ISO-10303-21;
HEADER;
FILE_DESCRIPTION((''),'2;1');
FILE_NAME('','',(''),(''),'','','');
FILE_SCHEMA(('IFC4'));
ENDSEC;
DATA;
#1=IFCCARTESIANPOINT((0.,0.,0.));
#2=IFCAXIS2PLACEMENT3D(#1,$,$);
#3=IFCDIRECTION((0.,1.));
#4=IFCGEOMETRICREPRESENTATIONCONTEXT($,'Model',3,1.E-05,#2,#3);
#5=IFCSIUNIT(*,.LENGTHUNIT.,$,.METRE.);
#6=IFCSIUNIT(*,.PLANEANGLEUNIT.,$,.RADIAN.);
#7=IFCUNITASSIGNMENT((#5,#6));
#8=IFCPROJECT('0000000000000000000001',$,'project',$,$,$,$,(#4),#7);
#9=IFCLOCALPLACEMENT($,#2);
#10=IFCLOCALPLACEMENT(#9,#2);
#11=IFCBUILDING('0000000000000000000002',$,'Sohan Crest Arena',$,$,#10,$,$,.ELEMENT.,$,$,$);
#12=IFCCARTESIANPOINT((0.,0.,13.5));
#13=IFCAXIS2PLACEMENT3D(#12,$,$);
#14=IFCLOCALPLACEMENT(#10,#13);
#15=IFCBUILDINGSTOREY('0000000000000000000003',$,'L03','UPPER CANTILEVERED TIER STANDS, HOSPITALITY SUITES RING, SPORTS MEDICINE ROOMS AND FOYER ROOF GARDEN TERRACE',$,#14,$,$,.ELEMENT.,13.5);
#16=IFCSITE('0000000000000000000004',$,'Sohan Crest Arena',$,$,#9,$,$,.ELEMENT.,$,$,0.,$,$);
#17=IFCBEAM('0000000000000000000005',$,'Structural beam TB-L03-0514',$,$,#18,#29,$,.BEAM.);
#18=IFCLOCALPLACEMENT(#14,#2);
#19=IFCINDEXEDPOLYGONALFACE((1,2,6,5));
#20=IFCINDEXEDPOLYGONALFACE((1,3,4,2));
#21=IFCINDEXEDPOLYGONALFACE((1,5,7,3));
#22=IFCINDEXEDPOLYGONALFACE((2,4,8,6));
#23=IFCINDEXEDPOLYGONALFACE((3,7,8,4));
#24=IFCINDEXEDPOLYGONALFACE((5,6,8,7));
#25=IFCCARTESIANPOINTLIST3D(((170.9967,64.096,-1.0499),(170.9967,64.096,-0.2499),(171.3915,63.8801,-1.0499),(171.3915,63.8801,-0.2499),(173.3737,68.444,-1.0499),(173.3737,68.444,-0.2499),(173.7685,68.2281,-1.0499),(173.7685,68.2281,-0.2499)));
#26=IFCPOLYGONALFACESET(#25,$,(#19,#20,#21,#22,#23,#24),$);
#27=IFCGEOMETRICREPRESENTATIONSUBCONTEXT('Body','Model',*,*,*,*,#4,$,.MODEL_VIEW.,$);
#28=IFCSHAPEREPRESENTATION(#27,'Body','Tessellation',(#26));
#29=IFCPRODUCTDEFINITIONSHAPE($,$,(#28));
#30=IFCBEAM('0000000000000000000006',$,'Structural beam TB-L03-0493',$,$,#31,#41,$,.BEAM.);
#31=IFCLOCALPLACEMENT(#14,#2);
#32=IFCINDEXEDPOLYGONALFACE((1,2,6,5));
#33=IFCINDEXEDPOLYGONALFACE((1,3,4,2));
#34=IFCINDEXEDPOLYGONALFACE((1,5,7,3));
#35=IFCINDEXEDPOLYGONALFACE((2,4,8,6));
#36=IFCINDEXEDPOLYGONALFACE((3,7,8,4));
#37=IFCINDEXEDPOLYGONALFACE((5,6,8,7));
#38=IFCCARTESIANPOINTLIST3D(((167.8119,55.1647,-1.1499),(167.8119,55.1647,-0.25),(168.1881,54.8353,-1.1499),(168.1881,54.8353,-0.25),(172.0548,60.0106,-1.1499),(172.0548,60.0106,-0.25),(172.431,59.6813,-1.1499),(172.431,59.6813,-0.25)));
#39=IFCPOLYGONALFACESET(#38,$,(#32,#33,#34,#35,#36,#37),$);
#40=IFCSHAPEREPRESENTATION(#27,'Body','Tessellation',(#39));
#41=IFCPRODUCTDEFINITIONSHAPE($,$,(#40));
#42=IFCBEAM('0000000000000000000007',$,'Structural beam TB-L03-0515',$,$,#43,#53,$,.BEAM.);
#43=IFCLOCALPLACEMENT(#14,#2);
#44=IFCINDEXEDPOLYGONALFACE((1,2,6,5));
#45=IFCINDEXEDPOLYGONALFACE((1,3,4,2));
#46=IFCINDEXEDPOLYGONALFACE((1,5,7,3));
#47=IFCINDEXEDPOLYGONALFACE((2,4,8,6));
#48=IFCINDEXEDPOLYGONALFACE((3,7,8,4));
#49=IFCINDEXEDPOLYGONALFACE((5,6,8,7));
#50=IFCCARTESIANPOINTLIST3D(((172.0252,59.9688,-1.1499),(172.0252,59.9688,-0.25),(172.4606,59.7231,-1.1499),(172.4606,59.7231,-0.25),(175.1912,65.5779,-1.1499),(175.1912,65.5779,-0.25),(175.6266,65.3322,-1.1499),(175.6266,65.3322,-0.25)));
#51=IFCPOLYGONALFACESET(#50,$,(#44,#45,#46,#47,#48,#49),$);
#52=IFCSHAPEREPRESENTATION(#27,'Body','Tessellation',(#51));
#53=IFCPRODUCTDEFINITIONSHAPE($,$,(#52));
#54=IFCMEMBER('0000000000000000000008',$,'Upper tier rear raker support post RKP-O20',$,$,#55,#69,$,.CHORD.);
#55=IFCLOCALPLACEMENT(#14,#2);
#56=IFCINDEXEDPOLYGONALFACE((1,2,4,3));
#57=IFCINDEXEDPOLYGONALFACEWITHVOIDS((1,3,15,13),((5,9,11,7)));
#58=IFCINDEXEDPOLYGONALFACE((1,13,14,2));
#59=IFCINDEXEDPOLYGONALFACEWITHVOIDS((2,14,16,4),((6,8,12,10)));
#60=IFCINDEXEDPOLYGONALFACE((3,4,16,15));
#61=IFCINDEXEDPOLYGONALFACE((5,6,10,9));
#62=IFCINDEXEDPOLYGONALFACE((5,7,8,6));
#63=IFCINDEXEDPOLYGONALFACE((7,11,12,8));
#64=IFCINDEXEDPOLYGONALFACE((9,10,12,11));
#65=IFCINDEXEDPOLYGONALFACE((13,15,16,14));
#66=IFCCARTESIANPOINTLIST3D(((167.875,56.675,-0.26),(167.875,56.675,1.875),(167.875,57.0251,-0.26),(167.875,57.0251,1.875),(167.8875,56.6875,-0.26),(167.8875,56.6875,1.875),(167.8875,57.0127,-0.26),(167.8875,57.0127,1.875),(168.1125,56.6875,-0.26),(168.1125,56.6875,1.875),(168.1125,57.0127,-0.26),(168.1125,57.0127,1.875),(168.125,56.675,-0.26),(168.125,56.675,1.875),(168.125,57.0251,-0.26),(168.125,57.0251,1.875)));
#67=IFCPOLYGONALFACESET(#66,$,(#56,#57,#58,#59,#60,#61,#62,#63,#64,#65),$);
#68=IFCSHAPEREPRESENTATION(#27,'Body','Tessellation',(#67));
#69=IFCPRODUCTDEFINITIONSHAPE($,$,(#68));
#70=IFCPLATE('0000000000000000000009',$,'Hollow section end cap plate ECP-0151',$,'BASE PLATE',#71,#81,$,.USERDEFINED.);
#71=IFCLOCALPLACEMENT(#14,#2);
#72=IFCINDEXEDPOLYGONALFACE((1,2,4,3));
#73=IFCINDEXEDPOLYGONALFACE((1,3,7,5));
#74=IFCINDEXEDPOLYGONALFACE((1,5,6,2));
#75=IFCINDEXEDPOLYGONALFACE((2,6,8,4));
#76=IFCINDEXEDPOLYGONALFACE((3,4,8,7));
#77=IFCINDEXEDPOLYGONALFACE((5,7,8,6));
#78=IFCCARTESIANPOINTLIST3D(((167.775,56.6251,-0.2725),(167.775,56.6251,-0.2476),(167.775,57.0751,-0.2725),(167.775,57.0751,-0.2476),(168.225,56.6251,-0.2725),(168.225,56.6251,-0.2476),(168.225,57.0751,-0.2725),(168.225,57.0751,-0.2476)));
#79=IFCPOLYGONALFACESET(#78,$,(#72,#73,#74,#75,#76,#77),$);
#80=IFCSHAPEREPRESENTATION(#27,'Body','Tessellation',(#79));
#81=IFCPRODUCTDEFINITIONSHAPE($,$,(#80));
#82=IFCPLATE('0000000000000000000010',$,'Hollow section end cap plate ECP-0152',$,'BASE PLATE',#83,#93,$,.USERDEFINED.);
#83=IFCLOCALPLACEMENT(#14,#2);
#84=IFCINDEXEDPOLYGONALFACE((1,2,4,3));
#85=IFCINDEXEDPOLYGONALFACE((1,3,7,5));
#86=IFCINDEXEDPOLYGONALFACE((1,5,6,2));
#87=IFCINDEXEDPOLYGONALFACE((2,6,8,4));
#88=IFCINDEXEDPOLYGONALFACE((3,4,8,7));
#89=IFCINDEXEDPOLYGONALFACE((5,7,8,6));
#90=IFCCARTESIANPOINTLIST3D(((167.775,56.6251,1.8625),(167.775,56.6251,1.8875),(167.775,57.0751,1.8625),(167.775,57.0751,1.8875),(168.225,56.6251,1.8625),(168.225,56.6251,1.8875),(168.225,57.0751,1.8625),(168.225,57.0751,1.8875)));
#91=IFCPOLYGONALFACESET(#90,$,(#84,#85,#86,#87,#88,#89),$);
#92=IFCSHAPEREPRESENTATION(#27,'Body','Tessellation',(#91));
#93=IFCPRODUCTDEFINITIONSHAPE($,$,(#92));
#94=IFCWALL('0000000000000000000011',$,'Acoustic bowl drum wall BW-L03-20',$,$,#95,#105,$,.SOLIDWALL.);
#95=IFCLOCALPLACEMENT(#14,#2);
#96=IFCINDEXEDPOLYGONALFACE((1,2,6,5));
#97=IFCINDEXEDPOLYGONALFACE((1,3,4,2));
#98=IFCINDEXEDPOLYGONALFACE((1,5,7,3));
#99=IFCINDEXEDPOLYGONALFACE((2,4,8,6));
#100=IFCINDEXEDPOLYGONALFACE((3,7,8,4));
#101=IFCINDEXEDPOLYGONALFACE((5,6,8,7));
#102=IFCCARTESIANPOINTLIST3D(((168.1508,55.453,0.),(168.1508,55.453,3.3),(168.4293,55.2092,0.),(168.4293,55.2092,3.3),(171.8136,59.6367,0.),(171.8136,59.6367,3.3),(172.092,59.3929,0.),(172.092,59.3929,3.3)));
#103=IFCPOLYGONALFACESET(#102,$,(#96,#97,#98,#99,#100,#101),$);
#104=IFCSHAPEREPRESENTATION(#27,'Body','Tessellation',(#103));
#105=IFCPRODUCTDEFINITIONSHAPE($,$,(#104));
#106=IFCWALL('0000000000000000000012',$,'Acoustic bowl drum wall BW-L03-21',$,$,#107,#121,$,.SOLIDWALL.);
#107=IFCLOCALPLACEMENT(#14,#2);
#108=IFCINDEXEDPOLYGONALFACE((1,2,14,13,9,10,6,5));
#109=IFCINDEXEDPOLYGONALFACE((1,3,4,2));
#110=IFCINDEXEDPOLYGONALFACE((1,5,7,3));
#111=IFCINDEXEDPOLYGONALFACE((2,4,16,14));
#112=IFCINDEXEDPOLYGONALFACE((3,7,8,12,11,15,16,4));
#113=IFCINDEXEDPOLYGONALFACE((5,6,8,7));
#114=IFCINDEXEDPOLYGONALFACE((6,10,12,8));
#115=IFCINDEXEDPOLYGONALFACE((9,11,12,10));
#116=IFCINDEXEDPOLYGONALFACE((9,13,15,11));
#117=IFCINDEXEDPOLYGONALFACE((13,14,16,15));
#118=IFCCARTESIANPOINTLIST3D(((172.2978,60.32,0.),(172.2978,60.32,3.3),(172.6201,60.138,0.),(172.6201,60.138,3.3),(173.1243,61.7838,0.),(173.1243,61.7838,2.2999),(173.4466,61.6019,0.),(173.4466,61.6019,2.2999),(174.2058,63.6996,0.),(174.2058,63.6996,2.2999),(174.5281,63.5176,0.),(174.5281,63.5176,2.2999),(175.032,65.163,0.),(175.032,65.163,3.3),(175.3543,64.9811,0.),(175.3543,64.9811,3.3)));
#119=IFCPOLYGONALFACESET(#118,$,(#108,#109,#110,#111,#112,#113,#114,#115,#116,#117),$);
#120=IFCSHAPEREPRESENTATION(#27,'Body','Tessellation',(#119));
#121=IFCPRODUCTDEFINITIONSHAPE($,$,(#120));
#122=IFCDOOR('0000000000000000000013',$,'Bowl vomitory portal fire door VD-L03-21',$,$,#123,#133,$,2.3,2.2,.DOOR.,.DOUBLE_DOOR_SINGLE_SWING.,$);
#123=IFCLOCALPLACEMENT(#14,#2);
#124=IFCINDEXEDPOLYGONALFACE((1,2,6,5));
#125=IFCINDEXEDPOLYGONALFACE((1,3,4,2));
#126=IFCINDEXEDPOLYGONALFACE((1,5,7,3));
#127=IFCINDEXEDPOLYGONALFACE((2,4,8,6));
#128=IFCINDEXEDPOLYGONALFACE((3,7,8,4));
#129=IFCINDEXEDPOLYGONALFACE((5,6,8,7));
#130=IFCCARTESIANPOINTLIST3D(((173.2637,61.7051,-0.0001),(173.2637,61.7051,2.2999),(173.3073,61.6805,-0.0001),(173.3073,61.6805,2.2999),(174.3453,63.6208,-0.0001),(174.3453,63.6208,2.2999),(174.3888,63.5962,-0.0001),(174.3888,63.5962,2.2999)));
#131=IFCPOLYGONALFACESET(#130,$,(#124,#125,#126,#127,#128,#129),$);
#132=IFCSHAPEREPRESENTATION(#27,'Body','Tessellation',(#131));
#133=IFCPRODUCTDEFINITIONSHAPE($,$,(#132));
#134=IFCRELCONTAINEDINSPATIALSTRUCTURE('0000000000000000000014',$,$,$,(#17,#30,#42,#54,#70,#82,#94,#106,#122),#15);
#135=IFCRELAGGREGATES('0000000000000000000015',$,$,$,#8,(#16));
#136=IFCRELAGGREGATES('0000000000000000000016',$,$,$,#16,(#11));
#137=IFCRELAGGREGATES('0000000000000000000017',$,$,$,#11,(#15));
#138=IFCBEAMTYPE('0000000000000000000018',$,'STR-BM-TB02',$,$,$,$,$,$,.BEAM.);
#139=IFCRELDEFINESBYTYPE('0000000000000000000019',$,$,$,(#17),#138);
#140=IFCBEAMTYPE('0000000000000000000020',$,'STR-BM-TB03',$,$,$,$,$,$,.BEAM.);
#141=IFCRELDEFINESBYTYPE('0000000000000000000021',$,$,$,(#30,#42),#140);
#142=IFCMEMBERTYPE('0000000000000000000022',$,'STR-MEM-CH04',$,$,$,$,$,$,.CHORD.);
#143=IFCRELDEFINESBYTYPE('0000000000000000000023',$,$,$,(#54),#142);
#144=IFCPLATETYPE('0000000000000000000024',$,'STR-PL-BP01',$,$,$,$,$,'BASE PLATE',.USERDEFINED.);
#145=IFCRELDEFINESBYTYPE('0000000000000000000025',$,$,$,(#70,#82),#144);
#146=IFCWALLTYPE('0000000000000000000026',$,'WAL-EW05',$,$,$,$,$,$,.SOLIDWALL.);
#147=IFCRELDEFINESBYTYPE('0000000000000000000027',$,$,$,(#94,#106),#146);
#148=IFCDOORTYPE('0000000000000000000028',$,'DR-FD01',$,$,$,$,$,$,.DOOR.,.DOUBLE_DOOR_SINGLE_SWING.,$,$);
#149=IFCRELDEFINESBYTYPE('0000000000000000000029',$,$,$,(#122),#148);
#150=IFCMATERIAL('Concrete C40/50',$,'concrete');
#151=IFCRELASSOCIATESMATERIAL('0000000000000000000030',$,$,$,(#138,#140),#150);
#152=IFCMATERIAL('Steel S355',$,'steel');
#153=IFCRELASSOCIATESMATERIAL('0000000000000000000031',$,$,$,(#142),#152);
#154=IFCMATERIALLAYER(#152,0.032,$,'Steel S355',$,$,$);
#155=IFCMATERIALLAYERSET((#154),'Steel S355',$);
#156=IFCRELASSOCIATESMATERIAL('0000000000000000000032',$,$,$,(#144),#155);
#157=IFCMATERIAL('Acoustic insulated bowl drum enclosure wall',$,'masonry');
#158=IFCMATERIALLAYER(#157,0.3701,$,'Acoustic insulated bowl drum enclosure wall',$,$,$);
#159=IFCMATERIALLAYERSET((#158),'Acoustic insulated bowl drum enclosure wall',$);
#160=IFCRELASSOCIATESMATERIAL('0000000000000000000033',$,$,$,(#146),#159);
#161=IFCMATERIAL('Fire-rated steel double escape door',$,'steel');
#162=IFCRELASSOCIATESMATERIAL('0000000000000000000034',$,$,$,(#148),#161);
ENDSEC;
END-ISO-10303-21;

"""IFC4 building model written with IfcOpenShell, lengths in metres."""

from ifc_helpers import new_model, si_unit, direction, frame, frame_2d, origin, origin_2d, place, context, subcontext, project, spatial, rectangle, hollow_rectangle, extrude, material, layer, layer_set, material_profile, profile_set, type_object, element, fill, save


model = new_model("IFC4")

# Units and contexts
model_context = context("Model", 3, precision=1e-05, world=origin(), true_north=direction((0.0, 1.0)))
body_context = subcontext(model_context, "Body", "Model", "MODEL_VIEW")
ifc_project = project(units=[si_unit("LENGTHUNIT", "METRE"), si_unit("PLANEANGLEUNIT", "RADIAN")], contexts=[model_context])

# Site, building, storey
site_placement = place(None, origin())
site = spatial("IfcSite", under=ifc_project, at=site_placement, Name="Sohan Crest Arena", CompositionType="ELEMENT", RefElevation=0.0)
building_placement = place(site_placement, origin())
building = spatial("IfcBuilding", under=site, at=building_placement, Name="Sohan Crest Arena", CompositionType="ELEMENT")
storey_placement = place(building_placement, frame((0.0, 0.0, 13.5)))
storey = spatial("IfcBuildingStorey", under=building, at=storey_placement, Name="L03", Description="UPPER CANTILEVERED TIER STANDS, HOSPITALITY SUITES RING, SPORTS MEDICINE ROOMS AND FOYER ROOF GARDEN TERRACE", CompositionType="ELEMENT", Elevation=13.5)

# Shared definitions
ifc_material_1 = material(Name="Concrete C40/50", Category="concrete")
ifc_material_2 = material(Name="Steel S355", Category="steel")

# Beams
ifc_material_profile_1 = material_profile(ifc_material_1, rectangle(XDim=0.45, YDim=0.8, at=origin_2d()), Name="RC-BM 450x800")
ifc_profile_set_1 = profile_set([ifc_material_profile_1], Name="Concrete C40/50")
beam_type_1 = type_object("IfcBeamType", Name="STR-BM-TB02", PredefinedType="BEAM", material=ifc_profile_set_1)
beam_1_placement = place(storey_placement, frame((171.1941, 63.988, -0.6499), z_axis=(0.479687, 0.87744, 0.0), x_axis=(-0.87744, 0.479687, 0.0)))
element("IfcBeam", 1, at=beam_1_placement, inside=storey, type_object=beam_type_1, Name="Structural beam TB-L03-0514", PredefinedType="BEAM", context=body_context, shape_type="SweptSolid", body=[
    extrude(rectangle(XDim=0.45, YDim=0.8, at=origin_2d()), origin(), (0.0, 0.0, 1.0), 4.9553),
])
ifc_material_profile_2 = material_profile(ifc_material_1, rectangle(XDim=0.5, YDim=0.8999, at=origin_2d()), Name="RC-BM 500x900")
ifc_profile_set_2 = profile_set([ifc_material_profile_2], Name="Concrete C40/50")
beam_type_2 = type_object("IfcBeamType", Name="STR-BM-TB03", PredefinedType="BEAM", material=ifc_profile_set_2)
for number, where, z_axis, x_axis, name in (
    (2, (168.0, 55.0, -0.7), (0.658743, 0.752368, 0.0), (-0.752368, 0.658743, 0.0), "Structural beam TB-L03-0493"),
    (3, (172.2429, 59.8459, -0.7), (0.491544, 0.870853, 0.0), (-0.870853, 0.491544, 0.0), "Structural beam TB-L03-0515"),
):
    element("IfcBeam", number, at=place(storey_placement, frame(where, z_axis=z_axis, x_axis=x_axis)), inside=storey, type_object=beam_type_2, Name=name, PredefinedType="BEAM", context=body_context, shape_type="SweptSolid", body=[
        extrude(rectangle(XDim=0.5, YDim=0.8999, at=origin_2d()), origin(), (0.0, 0.0, 1.0), 6.4409),
    ])

# Member
ifc_material_profile_3 = material_profile(ifc_material_2, hollow_rectangle(XDim=0.25, YDim=0.3501, WallThickness=0.0125, at=origin_2d()), Name="RHS 350x250x12.5")
ifc_profile_set_3 = profile_set([ifc_material_profile_3], Name="Steel S355")
member_type = type_object("IfcMemberType", Name="STR-MEM-CH04", PredefinedType="CHORD", material=ifc_profile_set_3)
member_placement = place(storey_placement, frame((168.0, 56.8501, -0.26), z_axis=(0.0, 0.0, 1.0), x_axis=(1.0, 0.0, 0.0)))
element("IfcMember", 4, at=member_placement, inside=storey, type_object=member_type, Name="Upper tier rear raker support post RKP-O20", PredefinedType="CHORD", context=body_context, shape_type="SweptSolid", body=[
    extrude(hollow_rectangle(XDim=0.25, YDim=0.3501, WallThickness=0.0125, at=origin_2d()), origin(), (0.0, 0.0, 1.0), 2.135),
])

# Plates
ifc_layer_1 = layer(ifc_material_2, 0.032, Name="Steel S355")
ifc_layer_set_1 = layer_set([ifc_layer_1], Name="Steel S355")
plate_type = type_object("IfcPlateType", Name="STR-PL-BP01", ElementType="BASE PLATE", PredefinedType="USERDEFINED", material=ifc_layer_set_1)
for number, where, z_axis, x_axis, name in (
    (5, (168.0, 56.8501, -0.2725), (0.0, 0.0, 1.0), (1.0, 0.0, 0.0), "Hollow section end cap plate ECP-0151"),
    (6, (168.0, 56.8501, 1.8625), (0.0, 0.0, 1.0), (1.0, 0.0, 0.0), "Hollow section end cap plate ECP-0152"),
):
    element("IfcPlate", number, at=place(storey_placement, frame(where, z_axis=z_axis, x_axis=x_axis)), inside=storey, type_object=plate_type, Name=name, ObjectType="BASE PLATE", PredefinedType="USERDEFINED", context=body_context, shape_type="SweptSolid", body=[
        extrude(rectangle(XDim=0.45, YDim=0.45, at=origin_2d()), origin(), (0.0, 0.0, 1.0), 0.0249),
    ])

# Wall
ifc_material_3 = material(Name="Acoustic insulated bowl drum enclosure wall", Category="masonry")
ifc_layer_2 = layer(ifc_material_3, 0.3701, Name="Acoustic insulated bowl drum enclosure wall")
ifc_layer_set_2 = layer_set([ifc_layer_2], Name="Acoustic insulated bowl drum enclosure wall")
wall_type = type_object("IfcWallType", Name="WAL-EW05", PredefinedType="SOLIDWALL", material=ifc_layer_set_2)
wall_1_placement = place(storey_placement, frame((168.29, 55.3311, 0.0), z_axis=(0.0, 0.0, 1.0), x_axis=(0.658707, 0.7524, 0.0)))
element("IfcWall", 7, at=wall_1_placement, inside=storey, type_object=wall_type, Name="Acoustic bowl drum wall BW-L03-20", PredefinedType="SOLIDWALL", context=body_context, shape_type="SweptSolid", body=[
    extrude(rectangle(XDim=5.5605, YDim=0.3701, at=frame_2d((2.7803, 0.0))), origin(), (0.0, 0.0, 1.0), 3.3),
])

# Wall, opening, door
wall_2_placement = place(storey_placement, frame((172.459, 60.229, 0.0), z_axis=(0.0, 0.0, 1.0), x_axis=(0.491617, 0.870811, 0.0)))
wall_2 = element("IfcWall", 8, at=wall_2_placement, inside=storey, type_object=wall_type, Name="Acoustic bowl drum wall BW-L03-21", PredefinedType="SOLIDWALL", context=body_context, shape_type="SweptSolid", body=[
    extrude(rectangle(XDim=5.5615, YDim=0.3701, at=frame_2d((2.7808, 0.0))), origin(), (0.0, 0.0, 1.0), 3.3),
])
opening_placement = place(wall_2_placement, frame((1.6809, 0.0, 0.0)))
opening = element("IfcOpeningElement", 9, at=opening_placement, cuts=wall_2, PredefinedType="OPENING", context=body_context, shape_type="SweptSolid", body=[
    extrude(rectangle(XDim=2.2, YDim=2.3, at=frame_2d((1.1001, 1.1499))), frame((0.0, 0.1951, 0.0), z_axis=(0.0, -1.0, 0.0), x_axis=(1.0, 0.0, 0.0)), (0.0, 0.0, 1.0), 0.3901),
])
ifc_material_4 = material(Name="Fire-rated steel double escape door", Category="steel")
door_type = type_object("IfcDoorType", Name="DR-FD01", OperationType="DOUBLE_DOOR_SINGLE_SWING", PredefinedType="DOOR", material=ifc_material_4)
door_placement = place(opening_placement, origin())
door = element("IfcDoor", 10, at=door_placement, inside=storey, type_object=door_type, Name="Bowl vomitory portal fire door VD-L03-21", OperationType="DOUBLE_DOOR_SINGLE_SWING", OverallHeight=2.3, OverallWidth=2.2, PredefinedType="DOOR", context=body_context, shape_type="SweptSolid", body=[
    extrude(rectangle(XDim=2.2, YDim=2.3, at=frame_2d((1.1001, 1.1499))), frame((0.0, 0.0249, 0.0), z_axis=(0.0, -1.0, 0.0), x_axis=(1.0, 0.0, 0.0)), (0.0, 0.0, 1.0), 0.05),
])
fill(opening, door)

save(model, "model.ifc")
